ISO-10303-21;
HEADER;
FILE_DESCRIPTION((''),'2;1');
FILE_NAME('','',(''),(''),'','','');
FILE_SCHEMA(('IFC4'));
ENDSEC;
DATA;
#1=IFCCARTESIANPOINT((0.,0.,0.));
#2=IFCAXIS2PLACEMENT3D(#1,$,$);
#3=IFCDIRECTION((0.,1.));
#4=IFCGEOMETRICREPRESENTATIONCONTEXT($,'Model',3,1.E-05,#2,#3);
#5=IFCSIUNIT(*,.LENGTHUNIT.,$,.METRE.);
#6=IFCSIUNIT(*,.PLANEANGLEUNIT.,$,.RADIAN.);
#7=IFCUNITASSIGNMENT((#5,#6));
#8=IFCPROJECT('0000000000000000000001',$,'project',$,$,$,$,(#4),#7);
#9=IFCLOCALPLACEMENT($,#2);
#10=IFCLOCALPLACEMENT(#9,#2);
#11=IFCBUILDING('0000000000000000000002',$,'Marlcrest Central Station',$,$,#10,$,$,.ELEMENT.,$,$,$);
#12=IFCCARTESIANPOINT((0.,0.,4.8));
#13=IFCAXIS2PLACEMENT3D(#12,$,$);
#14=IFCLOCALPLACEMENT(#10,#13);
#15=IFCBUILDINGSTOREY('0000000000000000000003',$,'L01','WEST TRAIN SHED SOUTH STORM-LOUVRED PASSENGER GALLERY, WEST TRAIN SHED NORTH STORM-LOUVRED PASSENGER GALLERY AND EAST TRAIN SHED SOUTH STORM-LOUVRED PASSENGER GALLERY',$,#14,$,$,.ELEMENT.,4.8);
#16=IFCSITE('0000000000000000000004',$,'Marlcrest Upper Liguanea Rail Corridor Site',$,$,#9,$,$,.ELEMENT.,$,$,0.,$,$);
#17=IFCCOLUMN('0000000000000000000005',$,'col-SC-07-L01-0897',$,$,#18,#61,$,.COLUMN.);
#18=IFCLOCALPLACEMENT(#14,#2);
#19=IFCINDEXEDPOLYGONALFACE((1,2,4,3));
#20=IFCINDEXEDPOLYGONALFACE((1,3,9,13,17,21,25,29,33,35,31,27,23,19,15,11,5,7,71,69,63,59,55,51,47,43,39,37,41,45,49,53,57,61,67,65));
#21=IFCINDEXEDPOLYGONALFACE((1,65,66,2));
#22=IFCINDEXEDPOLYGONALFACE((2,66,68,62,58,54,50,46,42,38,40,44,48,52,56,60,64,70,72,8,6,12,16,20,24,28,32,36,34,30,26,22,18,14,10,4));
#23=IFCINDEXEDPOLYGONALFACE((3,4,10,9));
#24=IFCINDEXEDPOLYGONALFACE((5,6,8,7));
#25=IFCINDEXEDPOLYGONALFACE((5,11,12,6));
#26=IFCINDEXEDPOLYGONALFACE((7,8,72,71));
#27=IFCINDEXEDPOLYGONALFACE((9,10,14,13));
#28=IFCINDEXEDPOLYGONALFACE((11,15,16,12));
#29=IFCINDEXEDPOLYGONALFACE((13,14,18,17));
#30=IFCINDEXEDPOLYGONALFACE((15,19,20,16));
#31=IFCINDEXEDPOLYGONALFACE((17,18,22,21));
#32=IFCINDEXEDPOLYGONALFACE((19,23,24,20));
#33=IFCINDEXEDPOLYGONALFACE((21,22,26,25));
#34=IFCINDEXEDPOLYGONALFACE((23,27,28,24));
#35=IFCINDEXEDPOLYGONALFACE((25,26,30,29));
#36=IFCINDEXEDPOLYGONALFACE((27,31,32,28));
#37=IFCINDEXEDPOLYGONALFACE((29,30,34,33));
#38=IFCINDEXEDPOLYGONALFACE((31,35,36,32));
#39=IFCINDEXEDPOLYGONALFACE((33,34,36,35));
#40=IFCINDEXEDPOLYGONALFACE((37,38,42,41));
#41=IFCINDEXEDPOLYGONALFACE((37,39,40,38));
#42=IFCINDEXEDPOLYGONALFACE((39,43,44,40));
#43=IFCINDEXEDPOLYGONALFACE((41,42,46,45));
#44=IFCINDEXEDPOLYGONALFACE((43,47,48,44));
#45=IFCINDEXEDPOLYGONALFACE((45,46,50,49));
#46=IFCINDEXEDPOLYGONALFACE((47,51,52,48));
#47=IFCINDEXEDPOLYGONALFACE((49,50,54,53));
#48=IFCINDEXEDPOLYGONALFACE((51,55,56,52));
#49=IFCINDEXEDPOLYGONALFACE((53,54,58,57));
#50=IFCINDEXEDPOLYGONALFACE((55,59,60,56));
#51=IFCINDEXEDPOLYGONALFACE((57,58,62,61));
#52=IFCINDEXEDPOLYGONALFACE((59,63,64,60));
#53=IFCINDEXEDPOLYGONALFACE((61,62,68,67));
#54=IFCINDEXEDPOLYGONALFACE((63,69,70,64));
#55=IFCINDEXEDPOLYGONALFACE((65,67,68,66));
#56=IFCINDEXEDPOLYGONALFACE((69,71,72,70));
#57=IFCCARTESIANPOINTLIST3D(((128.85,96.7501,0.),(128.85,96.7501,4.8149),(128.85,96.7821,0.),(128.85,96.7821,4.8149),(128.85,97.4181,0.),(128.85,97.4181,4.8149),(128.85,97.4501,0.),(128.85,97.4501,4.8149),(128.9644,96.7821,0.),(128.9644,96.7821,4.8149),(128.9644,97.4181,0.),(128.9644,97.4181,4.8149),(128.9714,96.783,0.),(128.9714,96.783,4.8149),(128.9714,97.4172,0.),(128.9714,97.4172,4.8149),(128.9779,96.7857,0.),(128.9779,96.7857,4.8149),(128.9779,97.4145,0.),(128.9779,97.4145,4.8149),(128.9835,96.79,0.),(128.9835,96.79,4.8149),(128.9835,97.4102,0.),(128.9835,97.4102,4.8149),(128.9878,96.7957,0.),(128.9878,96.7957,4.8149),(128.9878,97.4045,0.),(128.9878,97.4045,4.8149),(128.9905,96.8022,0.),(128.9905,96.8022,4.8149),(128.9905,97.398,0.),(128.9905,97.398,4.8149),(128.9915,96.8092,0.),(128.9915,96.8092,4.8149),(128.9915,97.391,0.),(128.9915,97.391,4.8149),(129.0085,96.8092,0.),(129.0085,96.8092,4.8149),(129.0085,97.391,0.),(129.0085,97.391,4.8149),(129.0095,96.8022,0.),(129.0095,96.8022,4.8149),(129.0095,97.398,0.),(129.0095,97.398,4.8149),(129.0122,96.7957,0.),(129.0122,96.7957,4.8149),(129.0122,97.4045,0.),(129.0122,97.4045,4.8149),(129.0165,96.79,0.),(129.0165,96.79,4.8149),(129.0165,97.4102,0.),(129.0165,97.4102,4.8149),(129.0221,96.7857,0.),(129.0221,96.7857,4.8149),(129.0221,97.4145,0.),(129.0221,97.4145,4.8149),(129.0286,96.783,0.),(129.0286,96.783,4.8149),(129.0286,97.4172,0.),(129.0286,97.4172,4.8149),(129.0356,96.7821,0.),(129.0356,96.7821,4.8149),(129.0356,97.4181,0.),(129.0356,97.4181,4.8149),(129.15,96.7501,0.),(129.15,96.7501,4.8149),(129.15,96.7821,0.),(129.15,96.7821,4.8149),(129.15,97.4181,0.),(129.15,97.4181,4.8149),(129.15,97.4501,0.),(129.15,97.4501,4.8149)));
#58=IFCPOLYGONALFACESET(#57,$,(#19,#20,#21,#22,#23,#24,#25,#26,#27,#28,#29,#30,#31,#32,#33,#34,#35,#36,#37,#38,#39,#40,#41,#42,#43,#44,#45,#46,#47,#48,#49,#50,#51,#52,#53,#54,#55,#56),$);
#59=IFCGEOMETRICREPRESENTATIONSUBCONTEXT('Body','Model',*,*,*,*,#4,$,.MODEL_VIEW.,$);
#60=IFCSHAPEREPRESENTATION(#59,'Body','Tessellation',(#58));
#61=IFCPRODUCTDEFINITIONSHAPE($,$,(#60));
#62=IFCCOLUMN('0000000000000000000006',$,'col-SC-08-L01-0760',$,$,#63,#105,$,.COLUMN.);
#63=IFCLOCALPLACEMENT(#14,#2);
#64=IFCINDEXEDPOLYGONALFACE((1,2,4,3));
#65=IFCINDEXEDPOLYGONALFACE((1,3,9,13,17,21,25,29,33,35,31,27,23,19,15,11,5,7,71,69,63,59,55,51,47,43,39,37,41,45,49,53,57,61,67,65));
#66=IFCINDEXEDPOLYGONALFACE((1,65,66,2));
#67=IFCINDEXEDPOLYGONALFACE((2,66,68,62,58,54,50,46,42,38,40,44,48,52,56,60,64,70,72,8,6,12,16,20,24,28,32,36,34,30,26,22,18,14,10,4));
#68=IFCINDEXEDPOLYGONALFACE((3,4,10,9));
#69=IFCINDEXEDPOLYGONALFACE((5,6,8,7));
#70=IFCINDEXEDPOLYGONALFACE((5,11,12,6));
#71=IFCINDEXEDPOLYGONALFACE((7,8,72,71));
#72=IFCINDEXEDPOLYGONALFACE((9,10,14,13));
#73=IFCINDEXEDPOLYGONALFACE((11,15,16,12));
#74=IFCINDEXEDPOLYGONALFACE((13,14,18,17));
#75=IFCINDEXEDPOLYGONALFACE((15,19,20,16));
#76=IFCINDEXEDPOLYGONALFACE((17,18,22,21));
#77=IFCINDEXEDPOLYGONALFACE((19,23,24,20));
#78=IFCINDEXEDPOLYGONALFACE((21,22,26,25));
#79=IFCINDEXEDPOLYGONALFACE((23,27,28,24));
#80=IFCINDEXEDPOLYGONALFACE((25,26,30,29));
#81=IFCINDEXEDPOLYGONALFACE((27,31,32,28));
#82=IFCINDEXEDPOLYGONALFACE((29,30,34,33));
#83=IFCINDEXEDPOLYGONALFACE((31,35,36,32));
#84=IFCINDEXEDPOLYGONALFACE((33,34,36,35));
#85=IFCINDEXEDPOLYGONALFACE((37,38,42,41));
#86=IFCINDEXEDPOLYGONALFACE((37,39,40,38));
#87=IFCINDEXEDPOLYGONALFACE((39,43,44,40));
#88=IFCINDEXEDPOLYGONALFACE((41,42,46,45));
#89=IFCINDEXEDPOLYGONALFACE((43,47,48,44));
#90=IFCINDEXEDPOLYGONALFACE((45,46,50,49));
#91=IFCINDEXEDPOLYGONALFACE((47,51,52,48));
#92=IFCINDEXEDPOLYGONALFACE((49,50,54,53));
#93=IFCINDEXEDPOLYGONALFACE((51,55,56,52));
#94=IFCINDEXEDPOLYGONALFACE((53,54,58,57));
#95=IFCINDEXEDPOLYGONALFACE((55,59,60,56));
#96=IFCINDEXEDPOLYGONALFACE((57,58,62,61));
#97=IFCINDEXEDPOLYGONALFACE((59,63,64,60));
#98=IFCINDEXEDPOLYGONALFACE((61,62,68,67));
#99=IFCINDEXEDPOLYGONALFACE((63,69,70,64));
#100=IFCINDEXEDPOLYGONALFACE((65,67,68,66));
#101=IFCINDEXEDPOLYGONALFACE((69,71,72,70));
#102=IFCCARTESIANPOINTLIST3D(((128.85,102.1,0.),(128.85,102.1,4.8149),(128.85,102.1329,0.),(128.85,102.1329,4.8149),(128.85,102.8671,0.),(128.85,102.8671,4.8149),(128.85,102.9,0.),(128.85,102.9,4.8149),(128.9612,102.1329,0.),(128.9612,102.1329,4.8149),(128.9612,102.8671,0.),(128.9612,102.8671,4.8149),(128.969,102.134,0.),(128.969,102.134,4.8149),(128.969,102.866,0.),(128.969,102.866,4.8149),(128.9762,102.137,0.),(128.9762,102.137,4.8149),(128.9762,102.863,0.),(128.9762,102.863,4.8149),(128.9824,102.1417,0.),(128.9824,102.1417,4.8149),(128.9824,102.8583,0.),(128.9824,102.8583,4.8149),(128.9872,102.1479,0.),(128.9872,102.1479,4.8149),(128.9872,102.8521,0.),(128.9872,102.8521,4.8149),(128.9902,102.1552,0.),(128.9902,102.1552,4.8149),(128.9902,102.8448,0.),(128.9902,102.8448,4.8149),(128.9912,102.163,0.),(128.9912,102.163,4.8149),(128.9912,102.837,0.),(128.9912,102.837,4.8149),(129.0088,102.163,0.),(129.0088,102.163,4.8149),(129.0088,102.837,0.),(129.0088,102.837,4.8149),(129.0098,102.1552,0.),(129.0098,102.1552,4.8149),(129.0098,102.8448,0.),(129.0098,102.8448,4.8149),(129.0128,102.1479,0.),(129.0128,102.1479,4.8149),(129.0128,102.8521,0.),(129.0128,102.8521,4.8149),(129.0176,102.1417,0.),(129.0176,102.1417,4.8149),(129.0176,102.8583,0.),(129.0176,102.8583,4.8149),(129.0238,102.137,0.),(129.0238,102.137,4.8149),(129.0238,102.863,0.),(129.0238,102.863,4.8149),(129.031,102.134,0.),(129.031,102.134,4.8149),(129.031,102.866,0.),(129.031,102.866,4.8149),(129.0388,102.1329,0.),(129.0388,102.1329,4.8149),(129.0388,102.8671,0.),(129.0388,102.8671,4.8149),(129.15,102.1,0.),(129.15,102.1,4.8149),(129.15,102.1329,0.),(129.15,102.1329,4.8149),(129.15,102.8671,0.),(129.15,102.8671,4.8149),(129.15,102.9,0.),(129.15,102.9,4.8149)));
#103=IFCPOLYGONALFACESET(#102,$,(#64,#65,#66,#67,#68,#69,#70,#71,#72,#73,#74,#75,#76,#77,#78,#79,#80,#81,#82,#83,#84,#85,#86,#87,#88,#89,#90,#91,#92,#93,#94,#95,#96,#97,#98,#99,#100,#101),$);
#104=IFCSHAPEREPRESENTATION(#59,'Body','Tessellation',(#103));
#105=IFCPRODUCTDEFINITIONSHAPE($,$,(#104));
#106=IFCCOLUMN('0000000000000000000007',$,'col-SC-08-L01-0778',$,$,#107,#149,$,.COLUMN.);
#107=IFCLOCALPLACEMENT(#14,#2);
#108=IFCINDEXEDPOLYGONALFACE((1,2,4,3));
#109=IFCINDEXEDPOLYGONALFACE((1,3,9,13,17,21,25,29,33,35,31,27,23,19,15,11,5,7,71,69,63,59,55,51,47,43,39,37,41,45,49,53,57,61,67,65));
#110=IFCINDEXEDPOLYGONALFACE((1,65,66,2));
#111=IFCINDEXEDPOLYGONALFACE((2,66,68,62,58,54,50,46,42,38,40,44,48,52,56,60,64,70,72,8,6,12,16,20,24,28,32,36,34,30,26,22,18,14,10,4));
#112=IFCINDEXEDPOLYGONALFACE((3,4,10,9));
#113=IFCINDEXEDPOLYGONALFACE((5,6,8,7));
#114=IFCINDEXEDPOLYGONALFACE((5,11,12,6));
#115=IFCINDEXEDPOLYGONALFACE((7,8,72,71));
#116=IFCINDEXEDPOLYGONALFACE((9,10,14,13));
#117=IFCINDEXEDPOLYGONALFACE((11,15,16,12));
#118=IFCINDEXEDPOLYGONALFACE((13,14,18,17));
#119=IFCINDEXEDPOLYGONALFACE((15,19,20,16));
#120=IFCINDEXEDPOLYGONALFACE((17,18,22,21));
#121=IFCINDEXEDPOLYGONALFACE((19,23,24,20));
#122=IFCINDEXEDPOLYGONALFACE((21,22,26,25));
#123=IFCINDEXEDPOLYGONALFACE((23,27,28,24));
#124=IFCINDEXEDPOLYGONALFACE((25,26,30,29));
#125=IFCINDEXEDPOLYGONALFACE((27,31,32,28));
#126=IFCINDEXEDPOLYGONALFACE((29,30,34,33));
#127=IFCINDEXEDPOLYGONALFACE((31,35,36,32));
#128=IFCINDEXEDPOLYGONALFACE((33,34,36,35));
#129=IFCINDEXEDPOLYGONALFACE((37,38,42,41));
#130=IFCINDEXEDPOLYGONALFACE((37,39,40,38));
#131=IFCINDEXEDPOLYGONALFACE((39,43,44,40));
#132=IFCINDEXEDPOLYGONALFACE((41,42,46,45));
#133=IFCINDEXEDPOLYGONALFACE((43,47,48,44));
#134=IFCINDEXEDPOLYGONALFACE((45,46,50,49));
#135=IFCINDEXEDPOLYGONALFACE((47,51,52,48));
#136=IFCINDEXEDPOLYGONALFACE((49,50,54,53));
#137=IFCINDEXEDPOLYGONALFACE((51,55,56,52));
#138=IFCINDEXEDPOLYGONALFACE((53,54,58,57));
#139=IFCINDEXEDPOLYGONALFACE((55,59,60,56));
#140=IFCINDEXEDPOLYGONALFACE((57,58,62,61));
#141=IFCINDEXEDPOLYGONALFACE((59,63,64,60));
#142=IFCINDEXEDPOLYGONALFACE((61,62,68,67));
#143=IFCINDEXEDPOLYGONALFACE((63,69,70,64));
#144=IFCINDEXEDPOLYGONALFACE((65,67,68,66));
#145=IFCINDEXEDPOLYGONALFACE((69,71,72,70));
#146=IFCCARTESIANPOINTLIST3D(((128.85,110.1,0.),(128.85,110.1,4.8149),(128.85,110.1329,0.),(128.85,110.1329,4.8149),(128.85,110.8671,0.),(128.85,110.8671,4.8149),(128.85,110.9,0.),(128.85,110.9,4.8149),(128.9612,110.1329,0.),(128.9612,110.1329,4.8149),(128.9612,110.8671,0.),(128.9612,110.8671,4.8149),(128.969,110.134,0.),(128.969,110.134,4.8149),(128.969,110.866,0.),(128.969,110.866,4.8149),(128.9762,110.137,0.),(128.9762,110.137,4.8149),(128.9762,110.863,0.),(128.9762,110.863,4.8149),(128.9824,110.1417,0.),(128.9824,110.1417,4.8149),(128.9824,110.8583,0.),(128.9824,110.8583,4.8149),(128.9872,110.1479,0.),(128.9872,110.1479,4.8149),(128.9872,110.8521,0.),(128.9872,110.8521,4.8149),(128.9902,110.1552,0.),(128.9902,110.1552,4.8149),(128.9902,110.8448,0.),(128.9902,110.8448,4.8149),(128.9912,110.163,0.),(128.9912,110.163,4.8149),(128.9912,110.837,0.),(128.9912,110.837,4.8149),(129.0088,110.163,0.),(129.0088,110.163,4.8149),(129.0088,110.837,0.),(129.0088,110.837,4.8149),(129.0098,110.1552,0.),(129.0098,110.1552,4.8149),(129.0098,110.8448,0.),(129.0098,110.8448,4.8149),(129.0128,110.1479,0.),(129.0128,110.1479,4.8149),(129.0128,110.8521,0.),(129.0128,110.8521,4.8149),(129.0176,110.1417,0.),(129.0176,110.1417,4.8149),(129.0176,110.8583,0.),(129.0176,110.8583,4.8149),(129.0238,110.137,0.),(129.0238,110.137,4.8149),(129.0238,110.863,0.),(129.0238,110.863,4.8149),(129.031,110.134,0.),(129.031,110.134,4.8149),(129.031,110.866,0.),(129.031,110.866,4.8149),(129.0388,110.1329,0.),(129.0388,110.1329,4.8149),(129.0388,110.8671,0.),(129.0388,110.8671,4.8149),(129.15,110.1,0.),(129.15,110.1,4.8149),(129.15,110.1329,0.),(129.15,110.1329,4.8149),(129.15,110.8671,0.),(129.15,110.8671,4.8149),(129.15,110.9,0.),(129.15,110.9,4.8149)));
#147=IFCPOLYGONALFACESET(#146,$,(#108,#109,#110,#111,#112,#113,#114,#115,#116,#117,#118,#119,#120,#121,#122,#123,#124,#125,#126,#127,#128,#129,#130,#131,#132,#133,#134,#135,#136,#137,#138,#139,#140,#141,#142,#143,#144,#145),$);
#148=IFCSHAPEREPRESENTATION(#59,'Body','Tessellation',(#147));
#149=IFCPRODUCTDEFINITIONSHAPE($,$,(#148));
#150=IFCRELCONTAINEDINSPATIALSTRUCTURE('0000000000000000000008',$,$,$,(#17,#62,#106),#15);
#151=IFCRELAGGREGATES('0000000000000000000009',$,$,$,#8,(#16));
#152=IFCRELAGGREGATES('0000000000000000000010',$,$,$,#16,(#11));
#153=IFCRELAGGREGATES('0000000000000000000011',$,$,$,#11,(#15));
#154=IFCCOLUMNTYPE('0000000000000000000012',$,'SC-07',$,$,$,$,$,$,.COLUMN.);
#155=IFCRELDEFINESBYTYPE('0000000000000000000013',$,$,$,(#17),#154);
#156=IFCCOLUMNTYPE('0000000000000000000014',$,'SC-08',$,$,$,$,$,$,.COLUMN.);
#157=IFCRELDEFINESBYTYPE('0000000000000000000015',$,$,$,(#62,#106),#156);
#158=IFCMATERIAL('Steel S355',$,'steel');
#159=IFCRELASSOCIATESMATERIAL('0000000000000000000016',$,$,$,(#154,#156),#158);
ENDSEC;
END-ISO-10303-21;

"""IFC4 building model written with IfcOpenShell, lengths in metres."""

from ifc_helpers import new_model, si_unit, direction, frame, origin, origin_2d, place, context, subcontext, project, spatial, i_section, extrude, material, material_profile, profile_set, type_object, element, save


model = new_model("IFC4")

# Units and contexts
model_context = context("Model", 3, precision=1e-05, world=origin(), true_north=direction((0.0, 1.0)))
body_context = subcontext(model_context, "Body", "Model", "MODEL_VIEW")
ifc_project = project(units=[si_unit("LENGTHUNIT", "METRE"), si_unit("PLANEANGLEUNIT", "RADIAN")], contexts=[model_context])

# Site, building, storey
site_placement = place(None, origin())
site = spatial("IfcSite", under=ifc_project, at=site_placement, Name="Marlcrest Upper Liguanea Rail Corridor Site", CompositionType="ELEMENT", RefElevation=0.0)
building_placement = place(site_placement, origin())
building = spatial("IfcBuilding", under=site, at=building_placement, Name="Marlcrest Central Station", CompositionType="ELEMENT")
storey_placement = place(building_placement, frame((0.0, 0.0, 4.8)))
storey = spatial("IfcBuildingStorey", under=building, at=storey_placement, Name="L01", Description="WEST TRAIN SHED SOUTH STORM-LOUVRED PASSENGER GALLERY, WEST TRAIN SHED NORTH STORM-LOUVRED PASSENGER GALLERY AND EAST TRAIN SHED SOUTH STORM-LOUVRED PASSENGER GALLERY", CompositionType="ELEMENT", Elevation=4.8)

# Columns
ifc_material_1 = material(Name="Steel S355", Category="steel")
ifc_material_profile_1 = material_profile(ifc_material_1, i_section(OverallWidth=0.3, OverallDepth=0.7, WebThickness=0.0171, FlangeThickness=0.032, FilletRadius=0.0271, at=origin_2d()), Name="HEB 700")
ifc_profile_set_1 = profile_set([ifc_material_profile_1], Name="Steel S355")
column_type_1 = type_object("IfcColumnType", Name="SC-07", PredefinedType="COLUMN", material=ifc_profile_set_1)
column_1_placement = place(storey_placement, frame((129.0, 97.1001, 0.0), z_axis=(0.0, 0.0, 1.0), x_axis=(1.0, 0.0, 0.0)))
element("IfcColumn", 1, at=column_1_placement, inside=storey, type_object=column_type_1, Name="col-SC-07-L01-0897", PredefinedType="COLUMN", context=body_context, shape_type="SweptSolid", body=[
    extrude(i_section(OverallWidth=0.3, OverallDepth=0.7, WebThickness=0.0171, FlangeThickness=0.032, FilletRadius=0.0271, at=origin_2d()), origin(), (0.0, 0.0, 1.0), 4.8149),
])
ifc_material_profile_2 = material_profile(ifc_material_1, i_section(OverallWidth=0.3, OverallDepth=0.8, WebThickness=0.0176, FlangeThickness=0.033, FilletRadius=0.03, at=origin_2d()), Name="HEB 800")
ifc_profile_set_2 = profile_set([ifc_material_profile_2], Name="Steel S355")
column_type_2 = type_object("IfcColumnType", Name="SC-08", PredefinedType="COLUMN", material=ifc_profile_set_2)
for number, where, z_axis, x_axis, name in (
    (2, (129.0, 102.5, 0.0), (0.0, 0.0, 1.0), (1.0, 0.0, 0.0), "col-SC-08-L01-0760"),
    (3, (129.0, 110.5, 0.0), (0.0, 0.0, 1.0), (1.0, 0.0, 0.0), "col-SC-08-L01-0778"),
):
    element("IfcColumn", number, at=place(storey_placement, frame(where, z_axis=z_axis, x_axis=x_axis)), inside=storey, type_object=column_type_2, Name=name, PredefinedType="COLUMN", context=body_context, shape_type="SweptSolid", body=[
        extrude(i_section(OverallWidth=0.3, OverallDepth=0.8, WebThickness=0.0176, FlangeThickness=0.033, FilletRadius=0.03, at=origin_2d()), origin(), (0.0, 0.0, 1.0), 4.8149),
    ])

save(model, "model.ifc")
